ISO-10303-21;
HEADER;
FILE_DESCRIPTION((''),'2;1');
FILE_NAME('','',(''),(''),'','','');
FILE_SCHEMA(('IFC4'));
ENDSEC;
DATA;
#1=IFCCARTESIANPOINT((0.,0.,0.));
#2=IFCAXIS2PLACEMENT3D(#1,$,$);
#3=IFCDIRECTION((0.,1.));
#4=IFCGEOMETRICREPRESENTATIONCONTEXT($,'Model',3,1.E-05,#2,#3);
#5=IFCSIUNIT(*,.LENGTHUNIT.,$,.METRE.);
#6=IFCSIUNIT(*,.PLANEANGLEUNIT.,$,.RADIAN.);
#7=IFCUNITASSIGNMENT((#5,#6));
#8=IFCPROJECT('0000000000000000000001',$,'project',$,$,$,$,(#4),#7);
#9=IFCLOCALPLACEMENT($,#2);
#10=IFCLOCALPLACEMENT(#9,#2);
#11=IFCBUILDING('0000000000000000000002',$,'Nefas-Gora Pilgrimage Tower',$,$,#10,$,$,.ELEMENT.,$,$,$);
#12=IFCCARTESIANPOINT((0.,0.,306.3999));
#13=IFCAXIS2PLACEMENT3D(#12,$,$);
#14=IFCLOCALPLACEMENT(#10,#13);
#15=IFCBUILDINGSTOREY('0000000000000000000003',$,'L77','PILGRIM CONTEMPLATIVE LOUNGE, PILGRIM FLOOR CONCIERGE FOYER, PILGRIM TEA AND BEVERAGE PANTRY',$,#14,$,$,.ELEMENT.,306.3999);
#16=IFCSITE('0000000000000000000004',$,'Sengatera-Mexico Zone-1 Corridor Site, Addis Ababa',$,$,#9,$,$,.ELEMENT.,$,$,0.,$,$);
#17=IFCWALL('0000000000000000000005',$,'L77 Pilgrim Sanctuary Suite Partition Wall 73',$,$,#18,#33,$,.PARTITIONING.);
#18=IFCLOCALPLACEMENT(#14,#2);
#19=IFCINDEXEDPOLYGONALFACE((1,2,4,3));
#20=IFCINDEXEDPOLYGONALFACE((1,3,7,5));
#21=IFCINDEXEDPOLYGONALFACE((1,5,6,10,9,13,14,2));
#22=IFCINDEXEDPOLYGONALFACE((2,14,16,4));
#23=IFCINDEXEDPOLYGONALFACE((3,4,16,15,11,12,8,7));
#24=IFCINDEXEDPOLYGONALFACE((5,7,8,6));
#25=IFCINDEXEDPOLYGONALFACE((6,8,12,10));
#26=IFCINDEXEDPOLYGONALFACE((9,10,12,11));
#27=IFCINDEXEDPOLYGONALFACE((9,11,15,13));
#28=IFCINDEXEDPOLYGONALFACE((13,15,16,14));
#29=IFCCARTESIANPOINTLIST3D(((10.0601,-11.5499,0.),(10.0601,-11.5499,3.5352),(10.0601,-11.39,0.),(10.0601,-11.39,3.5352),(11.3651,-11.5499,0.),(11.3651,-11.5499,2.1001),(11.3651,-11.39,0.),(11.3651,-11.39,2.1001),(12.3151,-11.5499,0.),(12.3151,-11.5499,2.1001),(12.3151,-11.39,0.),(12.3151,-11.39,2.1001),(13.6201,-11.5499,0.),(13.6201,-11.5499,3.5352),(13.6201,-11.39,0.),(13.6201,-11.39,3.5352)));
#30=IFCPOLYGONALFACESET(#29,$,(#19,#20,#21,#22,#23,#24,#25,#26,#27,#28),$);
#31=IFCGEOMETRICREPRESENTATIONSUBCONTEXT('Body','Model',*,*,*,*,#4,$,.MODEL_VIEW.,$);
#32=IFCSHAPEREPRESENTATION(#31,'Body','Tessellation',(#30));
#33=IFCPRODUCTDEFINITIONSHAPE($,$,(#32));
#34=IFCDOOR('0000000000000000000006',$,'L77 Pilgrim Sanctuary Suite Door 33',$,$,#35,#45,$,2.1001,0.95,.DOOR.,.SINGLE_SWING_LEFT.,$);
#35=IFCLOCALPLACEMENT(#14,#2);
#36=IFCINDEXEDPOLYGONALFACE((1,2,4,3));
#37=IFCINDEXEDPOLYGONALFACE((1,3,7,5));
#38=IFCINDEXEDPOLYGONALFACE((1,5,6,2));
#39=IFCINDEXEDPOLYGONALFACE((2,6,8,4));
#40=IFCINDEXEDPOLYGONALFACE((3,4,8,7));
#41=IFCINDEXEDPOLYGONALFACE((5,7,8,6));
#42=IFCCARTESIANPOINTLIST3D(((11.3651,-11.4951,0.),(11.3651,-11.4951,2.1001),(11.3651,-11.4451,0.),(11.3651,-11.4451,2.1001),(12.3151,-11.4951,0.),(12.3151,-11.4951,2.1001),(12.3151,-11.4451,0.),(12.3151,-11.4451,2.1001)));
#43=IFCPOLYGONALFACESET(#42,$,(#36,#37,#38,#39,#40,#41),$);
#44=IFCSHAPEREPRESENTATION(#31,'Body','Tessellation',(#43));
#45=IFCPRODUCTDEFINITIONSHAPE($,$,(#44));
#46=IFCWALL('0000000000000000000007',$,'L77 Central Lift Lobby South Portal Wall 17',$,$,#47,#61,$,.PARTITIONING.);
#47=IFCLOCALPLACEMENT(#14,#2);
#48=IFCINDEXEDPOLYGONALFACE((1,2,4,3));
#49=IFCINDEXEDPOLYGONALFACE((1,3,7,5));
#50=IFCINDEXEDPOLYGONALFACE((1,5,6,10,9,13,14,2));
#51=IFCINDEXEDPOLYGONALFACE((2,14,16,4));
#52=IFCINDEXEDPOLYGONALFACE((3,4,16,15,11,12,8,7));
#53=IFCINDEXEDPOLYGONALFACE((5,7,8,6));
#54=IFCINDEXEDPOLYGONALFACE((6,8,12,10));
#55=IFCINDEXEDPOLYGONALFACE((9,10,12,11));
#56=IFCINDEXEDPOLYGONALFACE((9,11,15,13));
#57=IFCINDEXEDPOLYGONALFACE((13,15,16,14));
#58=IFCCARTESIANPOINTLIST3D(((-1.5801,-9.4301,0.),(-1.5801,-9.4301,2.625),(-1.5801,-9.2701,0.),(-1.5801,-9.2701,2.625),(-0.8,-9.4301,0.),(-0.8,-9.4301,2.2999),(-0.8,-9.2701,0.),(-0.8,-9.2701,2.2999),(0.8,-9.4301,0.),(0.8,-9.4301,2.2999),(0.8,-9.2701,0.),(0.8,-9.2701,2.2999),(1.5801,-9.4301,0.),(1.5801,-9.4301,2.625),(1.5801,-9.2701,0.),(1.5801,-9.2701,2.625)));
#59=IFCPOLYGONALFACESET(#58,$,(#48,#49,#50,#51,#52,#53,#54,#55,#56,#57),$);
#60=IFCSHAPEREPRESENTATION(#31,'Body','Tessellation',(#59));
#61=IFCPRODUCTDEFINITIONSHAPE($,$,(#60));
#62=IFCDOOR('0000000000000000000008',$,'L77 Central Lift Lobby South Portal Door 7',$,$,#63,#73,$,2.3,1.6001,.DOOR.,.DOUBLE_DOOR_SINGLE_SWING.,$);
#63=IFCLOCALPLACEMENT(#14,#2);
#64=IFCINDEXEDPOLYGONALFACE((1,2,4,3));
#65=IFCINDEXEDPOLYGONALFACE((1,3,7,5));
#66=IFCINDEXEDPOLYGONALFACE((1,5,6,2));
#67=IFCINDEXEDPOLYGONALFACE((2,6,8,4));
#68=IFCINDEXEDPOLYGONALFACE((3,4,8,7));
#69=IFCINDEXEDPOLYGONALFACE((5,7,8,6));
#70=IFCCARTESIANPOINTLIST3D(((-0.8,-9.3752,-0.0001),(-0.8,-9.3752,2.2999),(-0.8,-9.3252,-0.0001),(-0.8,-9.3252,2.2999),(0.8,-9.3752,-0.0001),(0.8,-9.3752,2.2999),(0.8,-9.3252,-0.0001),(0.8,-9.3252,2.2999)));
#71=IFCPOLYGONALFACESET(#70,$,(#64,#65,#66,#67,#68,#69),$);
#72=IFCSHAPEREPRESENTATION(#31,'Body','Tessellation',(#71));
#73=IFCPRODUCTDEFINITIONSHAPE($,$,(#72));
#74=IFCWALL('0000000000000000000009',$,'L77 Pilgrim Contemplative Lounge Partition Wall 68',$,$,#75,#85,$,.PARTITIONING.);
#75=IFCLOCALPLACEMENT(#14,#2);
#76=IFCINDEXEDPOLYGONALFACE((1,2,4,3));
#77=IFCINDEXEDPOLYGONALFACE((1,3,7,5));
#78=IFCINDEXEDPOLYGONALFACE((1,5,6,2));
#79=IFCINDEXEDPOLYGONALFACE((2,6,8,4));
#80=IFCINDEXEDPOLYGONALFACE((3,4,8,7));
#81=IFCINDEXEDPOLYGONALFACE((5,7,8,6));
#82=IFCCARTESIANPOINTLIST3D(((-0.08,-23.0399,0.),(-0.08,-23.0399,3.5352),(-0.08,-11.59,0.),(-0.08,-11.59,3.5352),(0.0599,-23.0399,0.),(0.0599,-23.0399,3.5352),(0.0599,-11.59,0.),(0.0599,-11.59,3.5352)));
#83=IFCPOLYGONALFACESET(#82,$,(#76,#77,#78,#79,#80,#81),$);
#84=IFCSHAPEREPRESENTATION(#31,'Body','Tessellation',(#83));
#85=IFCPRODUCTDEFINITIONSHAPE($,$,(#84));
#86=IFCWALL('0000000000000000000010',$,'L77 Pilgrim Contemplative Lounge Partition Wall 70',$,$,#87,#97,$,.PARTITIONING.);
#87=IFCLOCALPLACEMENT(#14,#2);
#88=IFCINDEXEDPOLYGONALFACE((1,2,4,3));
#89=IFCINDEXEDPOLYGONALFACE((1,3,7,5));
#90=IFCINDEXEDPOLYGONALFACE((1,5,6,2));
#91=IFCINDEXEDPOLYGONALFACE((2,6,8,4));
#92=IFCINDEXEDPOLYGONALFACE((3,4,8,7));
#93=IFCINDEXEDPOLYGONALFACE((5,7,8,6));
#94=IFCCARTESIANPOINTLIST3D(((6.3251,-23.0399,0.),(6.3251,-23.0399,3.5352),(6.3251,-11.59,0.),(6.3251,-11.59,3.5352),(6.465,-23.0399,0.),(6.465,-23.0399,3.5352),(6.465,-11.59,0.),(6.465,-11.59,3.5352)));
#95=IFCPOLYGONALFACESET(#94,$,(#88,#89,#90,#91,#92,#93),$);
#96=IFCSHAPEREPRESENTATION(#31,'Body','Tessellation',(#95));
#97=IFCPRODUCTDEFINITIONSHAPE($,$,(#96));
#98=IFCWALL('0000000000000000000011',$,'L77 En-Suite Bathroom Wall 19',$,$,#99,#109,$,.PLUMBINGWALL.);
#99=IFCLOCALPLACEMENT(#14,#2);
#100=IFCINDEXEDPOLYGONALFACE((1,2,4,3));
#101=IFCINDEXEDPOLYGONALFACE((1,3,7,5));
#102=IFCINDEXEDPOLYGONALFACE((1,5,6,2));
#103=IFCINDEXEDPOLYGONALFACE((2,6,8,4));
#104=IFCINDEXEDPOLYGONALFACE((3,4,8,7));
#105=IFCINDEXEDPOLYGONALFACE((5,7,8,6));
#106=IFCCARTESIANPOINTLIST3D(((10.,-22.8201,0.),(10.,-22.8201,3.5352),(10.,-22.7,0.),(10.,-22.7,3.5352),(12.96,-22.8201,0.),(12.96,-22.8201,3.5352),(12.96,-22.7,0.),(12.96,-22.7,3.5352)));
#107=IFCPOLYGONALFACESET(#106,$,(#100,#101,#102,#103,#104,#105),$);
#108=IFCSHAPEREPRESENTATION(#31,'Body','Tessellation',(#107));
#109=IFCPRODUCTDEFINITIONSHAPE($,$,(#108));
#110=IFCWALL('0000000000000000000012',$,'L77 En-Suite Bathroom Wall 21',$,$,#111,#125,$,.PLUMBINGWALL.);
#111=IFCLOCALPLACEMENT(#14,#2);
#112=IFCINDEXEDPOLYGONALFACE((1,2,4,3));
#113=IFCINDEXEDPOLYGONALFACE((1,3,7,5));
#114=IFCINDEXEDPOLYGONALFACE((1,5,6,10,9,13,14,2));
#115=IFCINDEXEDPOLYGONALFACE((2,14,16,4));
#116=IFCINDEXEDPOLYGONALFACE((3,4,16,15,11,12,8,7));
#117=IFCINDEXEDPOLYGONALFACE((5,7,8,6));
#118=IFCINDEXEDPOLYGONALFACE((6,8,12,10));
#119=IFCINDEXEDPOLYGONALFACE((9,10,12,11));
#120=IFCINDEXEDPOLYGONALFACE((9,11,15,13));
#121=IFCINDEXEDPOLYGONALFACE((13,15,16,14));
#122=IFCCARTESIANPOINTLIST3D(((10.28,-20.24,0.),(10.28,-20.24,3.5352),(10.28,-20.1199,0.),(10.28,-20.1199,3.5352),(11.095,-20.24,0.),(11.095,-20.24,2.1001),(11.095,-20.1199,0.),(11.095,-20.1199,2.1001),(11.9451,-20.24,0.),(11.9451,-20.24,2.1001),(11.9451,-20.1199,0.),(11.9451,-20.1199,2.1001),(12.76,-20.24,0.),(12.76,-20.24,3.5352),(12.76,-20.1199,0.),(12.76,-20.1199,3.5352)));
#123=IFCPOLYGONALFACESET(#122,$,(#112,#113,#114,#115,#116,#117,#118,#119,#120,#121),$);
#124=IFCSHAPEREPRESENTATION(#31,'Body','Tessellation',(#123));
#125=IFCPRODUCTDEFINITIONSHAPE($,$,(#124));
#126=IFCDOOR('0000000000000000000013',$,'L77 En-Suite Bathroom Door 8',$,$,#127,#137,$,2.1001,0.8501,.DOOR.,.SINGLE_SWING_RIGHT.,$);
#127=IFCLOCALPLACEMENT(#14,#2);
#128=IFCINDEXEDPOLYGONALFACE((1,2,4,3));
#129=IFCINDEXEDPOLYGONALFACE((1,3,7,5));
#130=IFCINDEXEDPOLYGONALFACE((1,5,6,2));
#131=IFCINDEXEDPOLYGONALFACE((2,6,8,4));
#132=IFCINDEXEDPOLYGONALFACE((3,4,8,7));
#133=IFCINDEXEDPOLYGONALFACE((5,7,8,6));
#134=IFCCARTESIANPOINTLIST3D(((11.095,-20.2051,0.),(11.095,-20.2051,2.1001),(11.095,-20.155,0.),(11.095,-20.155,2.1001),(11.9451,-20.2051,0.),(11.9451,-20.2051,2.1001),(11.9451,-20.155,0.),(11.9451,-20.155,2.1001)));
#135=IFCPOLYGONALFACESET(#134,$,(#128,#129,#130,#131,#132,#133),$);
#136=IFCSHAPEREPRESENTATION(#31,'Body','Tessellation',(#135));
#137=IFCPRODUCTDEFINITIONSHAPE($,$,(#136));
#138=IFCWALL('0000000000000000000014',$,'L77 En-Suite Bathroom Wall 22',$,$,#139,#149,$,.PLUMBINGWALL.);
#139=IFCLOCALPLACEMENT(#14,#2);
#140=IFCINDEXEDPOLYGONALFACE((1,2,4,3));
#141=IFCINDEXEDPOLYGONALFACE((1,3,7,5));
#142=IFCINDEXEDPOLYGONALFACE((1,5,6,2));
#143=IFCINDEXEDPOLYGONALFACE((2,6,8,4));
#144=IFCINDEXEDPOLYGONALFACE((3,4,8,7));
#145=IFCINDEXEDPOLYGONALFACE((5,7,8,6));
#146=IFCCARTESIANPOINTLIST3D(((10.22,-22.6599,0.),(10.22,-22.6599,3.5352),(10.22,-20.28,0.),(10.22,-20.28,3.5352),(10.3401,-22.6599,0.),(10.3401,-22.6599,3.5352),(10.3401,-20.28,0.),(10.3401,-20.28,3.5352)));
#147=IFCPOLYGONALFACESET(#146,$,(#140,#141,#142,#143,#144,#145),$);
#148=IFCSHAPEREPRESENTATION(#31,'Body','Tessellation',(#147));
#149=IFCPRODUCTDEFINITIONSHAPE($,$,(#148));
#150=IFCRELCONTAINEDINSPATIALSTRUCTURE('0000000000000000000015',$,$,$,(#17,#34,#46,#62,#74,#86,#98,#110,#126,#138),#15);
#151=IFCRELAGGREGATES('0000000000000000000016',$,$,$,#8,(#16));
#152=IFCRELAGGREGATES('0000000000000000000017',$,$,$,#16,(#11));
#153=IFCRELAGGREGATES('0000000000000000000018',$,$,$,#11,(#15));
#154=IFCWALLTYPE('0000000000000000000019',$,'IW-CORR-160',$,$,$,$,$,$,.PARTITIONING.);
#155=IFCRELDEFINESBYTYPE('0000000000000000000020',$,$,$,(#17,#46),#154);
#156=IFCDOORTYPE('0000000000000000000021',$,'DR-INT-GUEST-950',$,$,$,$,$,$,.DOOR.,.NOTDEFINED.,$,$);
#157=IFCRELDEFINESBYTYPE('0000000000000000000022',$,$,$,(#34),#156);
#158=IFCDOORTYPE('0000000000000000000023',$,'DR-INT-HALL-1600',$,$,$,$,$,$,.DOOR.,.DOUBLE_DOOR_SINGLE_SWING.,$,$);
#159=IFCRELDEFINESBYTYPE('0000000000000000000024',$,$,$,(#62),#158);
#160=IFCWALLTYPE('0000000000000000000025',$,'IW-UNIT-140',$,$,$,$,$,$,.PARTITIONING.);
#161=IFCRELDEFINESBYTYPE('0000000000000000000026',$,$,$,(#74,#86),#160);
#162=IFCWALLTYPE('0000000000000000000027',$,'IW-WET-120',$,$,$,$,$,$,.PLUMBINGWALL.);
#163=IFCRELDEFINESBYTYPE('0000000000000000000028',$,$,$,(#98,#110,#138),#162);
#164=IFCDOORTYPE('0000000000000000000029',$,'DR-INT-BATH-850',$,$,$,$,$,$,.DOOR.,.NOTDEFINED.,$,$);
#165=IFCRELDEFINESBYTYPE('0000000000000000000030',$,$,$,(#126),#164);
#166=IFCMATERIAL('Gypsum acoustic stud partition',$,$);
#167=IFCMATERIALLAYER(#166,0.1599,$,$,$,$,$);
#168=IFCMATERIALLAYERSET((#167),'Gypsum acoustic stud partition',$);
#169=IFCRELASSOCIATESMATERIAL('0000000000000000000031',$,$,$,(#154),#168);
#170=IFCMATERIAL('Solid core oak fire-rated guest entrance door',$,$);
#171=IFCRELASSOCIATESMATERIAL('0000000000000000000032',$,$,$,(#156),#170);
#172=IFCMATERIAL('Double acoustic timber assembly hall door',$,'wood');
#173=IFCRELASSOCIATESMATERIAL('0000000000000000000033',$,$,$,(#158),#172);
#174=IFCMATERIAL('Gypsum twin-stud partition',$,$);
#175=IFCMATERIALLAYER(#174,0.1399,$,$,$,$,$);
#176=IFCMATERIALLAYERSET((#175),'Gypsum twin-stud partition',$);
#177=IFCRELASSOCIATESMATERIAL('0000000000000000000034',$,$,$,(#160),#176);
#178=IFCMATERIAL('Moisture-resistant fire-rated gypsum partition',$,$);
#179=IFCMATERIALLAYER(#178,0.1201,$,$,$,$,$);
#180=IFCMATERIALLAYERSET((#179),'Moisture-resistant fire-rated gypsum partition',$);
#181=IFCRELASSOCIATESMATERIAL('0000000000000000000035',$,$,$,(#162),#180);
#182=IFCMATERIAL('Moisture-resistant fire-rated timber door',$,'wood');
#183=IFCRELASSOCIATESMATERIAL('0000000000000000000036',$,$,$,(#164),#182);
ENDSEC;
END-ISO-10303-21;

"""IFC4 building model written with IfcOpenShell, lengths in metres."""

from ifc_helpers import new_model, si_unit, direction, frame, frame_2d, origin, place, context, subcontext, project, spatial, rectangle, extrude, source, transform, mapped, material, layer, layer_set, type_object, element, fill, save


model = new_model("IFC4")

# Units and contexts
model_context = context("Model", 3, precision=1e-05, world=origin(), true_north=direction((0.0, 1.0)))
body_context = subcontext(model_context, "Body", "Model", "MODEL_VIEW")
ifc_project = project(units=[si_unit("LENGTHUNIT", "METRE"), si_unit("PLANEANGLEUNIT", "RADIAN")], contexts=[model_context])

# Site, building, storey
site_placement = place(None, origin())
site = spatial("IfcSite", under=ifc_project, at=site_placement, Name="Sengatera-Mexico Zone-1 Corridor Site, Addis Ababa", CompositionType="ELEMENT", RefElevation=0.0)
building_placement = place(site_placement, origin())
building = spatial("IfcBuilding", under=site, at=building_placement, Name="Nefas-Gora Pilgrimage Tower", CompositionType="ELEMENT")
storey_placement = place(building_placement, frame((0.0, 0.0, 306.3999)))
storey = spatial("IfcBuildingStorey", under=building, at=storey_placement, Name="L77", Description="PILGRIM CONTEMPLATIVE LOUNGE, PILGRIM FLOOR CONCIERGE FOYER, PILGRIM TEA AND BEVERAGE PANTRY", CompositionType="ELEMENT", Elevation=306.3999)

# Walls, openings, doors
ifc_material_1 = material(Name="Gypsum acoustic stud partition")
ifc_layer_1 = layer(ifc_material_1, 0.1599)
ifc_layer_set_1 = layer_set([ifc_layer_1], Name="Gypsum acoustic stud partition")
wall_type_1 = type_object("IfcWallType", Name="IW-CORR-160", PredefinedType="PARTITIONING", material=ifc_layer_set_1)
ifc_material_2 = material(Name="Solid core oak fire-rated guest entrance door")
door_type_1 = type_object("IfcDoorType", Name="DR-INT-GUEST-950", OperationType="NOTDEFINED", PredefinedType="DOOR", material=ifc_material_2)
shared_shape_1 = source(origin(), body_context, "Body", "SweptSolid", [
    extrude(rectangle(XDim=0.95, YDim=2.1001, at=frame_2d((0.4751, 1.05))), frame((0.0, 0.0249, 0.0), z_axis=(0.0, -1.0, 0.0), x_axis=(1.0, 0.0, 0.0)), (0.0, 0.0, 1.0), 0.05),
])
shared_shape_2 = source(origin(), body_context, "Body", "SweptSolid", [
    extrude(rectangle(XDim=3.5601, YDim=0.1599, at=frame_2d((1.78, 0.0))), origin(), (0.0, 0.0, 1.0), 3.5352),
])
wall_1_placement = place(storey_placement, frame((10.0601, -11.47, 0.0), z_axis=(0.0, 0.0, 1.0), x_axis=(1.0, 0.0, 0.0)))
wall_1 = element("IfcWall", 1, at=wall_1_placement, inside=storey, type_object=wall_type_1, Name="L77 Pilgrim Sanctuary Suite Partition Wall 73", PredefinedType="PARTITIONING", context=body_context, shape_type="MappedRepresentation", body=[
    mapped(shared_shape_2, transform((0.0, 0.0, 0.0), x_axis=(1.0, 0.0, 0.0), y_axis=(0.0, 1.0, 0.0), z_axis=(0.0, 0.0, 1.0), scale=1.0)),
])
opening_1_placement = place(wall_1_placement, frame((1.3049, 0.0, 0.0)))
opening_1 = element("IfcOpeningElement", 2, at=opening_1_placement, cuts=wall_1, PredefinedType="OPENING", context=body_context, shape_type="SweptSolid", body=[
    extrude(rectangle(XDim=0.95, YDim=2.1001, at=frame_2d((0.4751, 1.05))), frame((0.0, 0.0898, 0.0), z_axis=(0.0, -1.0, 0.0), x_axis=(1.0, 0.0, 0.0)), (0.0, 0.0, 1.0), 0.1799),
])
door_1_placement = place(opening_1_placement, origin())
door_1 = element("IfcDoor", 3, at=door_1_placement, inside=storey, type_object=door_type_1, Name="L77 Pilgrim Sanctuary Suite Door 33", OperationType="SINGLE_SWING_LEFT", OverallHeight=2.1001, OverallWidth=0.95, PredefinedType="DOOR", context=body_context, shape_type="MappedRepresentation", body=[
    mapped(shared_shape_1, transform((0.0, 0.0, 0.0), x_axis=(1.0, 0.0, 0.0), y_axis=(0.0, 1.0, 0.0), z_axis=(0.0, 0.0, 1.0), scale=1.0)),
])
fill(opening_1, door_1)
shared_shape_3 = source(origin(), body_context, "Body", "SweptSolid", [
    extrude(rectangle(XDim=3.1602, YDim=0.1599, at=frame_2d((1.5801, 0.0))), origin(), (0.0, 0.0, 1.0), 2.625),
])
wall_2_placement = place(storey_placement, frame((-1.5801, -9.3501, 0.0), z_axis=(0.0, 0.0, 1.0), x_axis=(1.0, 0.0, 0.0)))
wall_2 = element("IfcWall", 4, at=wall_2_placement, inside=storey, type_object=wall_type_1, Name="L77 Central Lift Lobby South Portal Wall 17", PredefinedType="PARTITIONING", context=body_context, shape_type="MappedRepresentation", body=[
    mapped(shared_shape_3, transform((0.0, 0.0, 0.0), x_axis=(1.0, 0.0, 0.0), y_axis=(0.0, 1.0, 0.0), z_axis=(0.0, 0.0, 1.0), scale=1.0)),
])
opening_2_placement = place(wall_2_placement, frame((0.78, 0.0, 0.0)))
opening_2 = element("IfcOpeningElement", 5, at=opening_2_placement, cuts=wall_2, PredefinedType="OPENING", context=body_context, shape_type="SweptSolid", body=[
    extrude(rectangle(XDim=1.6001, YDim=2.3, at=frame_2d((0.8, 1.1499))), frame((0.0, 0.0898, 0.0), z_axis=(0.0, -1.0, 0.0), x_axis=(1.0, 0.0, 0.0)), (0.0, 0.0, 1.0), 0.1799),
])
ifc_material_3 = material(Name="Double acoustic timber assembly hall door", Category="wood")
door_type_2 = type_object("IfcDoorType", Name="DR-INT-HALL-1600", OperationType="DOUBLE_DOOR_SINGLE_SWING", PredefinedType="DOOR", material=ifc_material_3)
shared_shape_4 = source(origin(), body_context, "Body", "SweptSolid", [
    extrude(rectangle(XDim=1.6001, YDim=2.3, at=frame_2d((0.8, 1.1499))), frame((0.0, 0.0249, 0.0), z_axis=(0.0, -1.0, 0.0), x_axis=(1.0, 0.0, 0.0)), (0.0, 0.0, 1.0), 0.05),
])
door_2_placement = place(opening_2_placement, origin())
door_2 = element("IfcDoor", 6, at=door_2_placement, inside=storey, type_object=door_type_2, Name="L77 Central Lift Lobby South Portal Door 7", OperationType="DOUBLE_DOOR_SINGLE_SWING", OverallHeight=2.3, OverallWidth=1.6001, PredefinedType="DOOR", context=body_context, shape_type="MappedRepresentation", body=[
    mapped(shared_shape_4, transform((0.0, 0.0, 0.0), x_axis=(1.0, 0.0, 0.0), y_axis=(0.0, 1.0, 0.0), z_axis=(0.0, 0.0, 1.0), scale=1.0)),
])
fill(opening_2, door_2)

# Walls
ifc_material_4 = material(Name="Gypsum twin-stud partition")
ifc_layer_2 = layer(ifc_material_4, 0.1399)
ifc_layer_set_2 = layer_set([ifc_layer_2], Name="Gypsum twin-stud partition")
wall_type_2 = type_object("IfcWallType", Name="IW-UNIT-140", PredefinedType="PARTITIONING", material=ifc_layer_set_2)
shared_shape_5 = source(origin(), body_context, "Body", "SweptSolid", [
    extrude(rectangle(XDim=11.45, YDim=0.1399, at=frame_2d((5.7251, 0.0))), origin(), (0.0, 0.0, 1.0), 3.5352),
])
for number, where, z_axis, x_axis, name in (
    (7, (-0.01, -23.04, 0.0), (0.0, 0.0, 1.0), (0.0, 1.0, 0.0), "L77 Pilgrim Contemplative Lounge Partition Wall 68"),
    (8, (6.395, -23.04, 0.0), (0.0, 0.0, 1.0), (0.0, 1.0, 0.0), "L77 Pilgrim Contemplative Lounge Partition Wall 70"),
):
    element("IfcWall", number, at=place(storey_placement, frame(where, z_axis=z_axis, x_axis=x_axis)), inside=storey, type_object=wall_type_2, Name=name, PredefinedType="PARTITIONING", context=body_context, shape_type="MappedRepresentation", body=[
        mapped(shared_shape_5, transform((0.0, 0.0, 0.0), x_axis=(1.0, 0.0, 0.0), y_axis=(0.0, 1.0, 0.0), z_axis=(0.0, 0.0, 1.0), scale=1.0)),
    ])
ifc_material_5 = material(Name="Moisture-resistant fire-rated gypsum partition")
ifc_layer_3 = layer(ifc_material_5, 0.1201)
ifc_layer_set_3 = layer_set([ifc_layer_3], Name="Moisture-resistant fire-rated gypsum partition")
wall_type_3 = type_object("IfcWallType", Name="IW-WET-120", PredefinedType="PLUMBINGWALL", material=ifc_layer_set_3)
shared_shape_6 = source(origin(), body_context, "Body", "SweptSolid", [
    extrude(rectangle(XDim=2.96, YDim=0.1201, at=frame_2d((1.48, 0.0))), origin(), (0.0, 0.0, 1.0), 3.5352),
])
wall_3_placement = place(storey_placement, frame((10.0, -22.76, 0.0), z_axis=(0.0, 0.0, 1.0), x_axis=(1.0, 0.0, 0.0)))
element("IfcWall", 9, at=wall_3_placement, inside=storey, type_object=wall_type_3, Name="L77 En-Suite Bathroom Wall 19", PredefinedType="PLUMBINGWALL", context=body_context, shape_type="MappedRepresentation", body=[
    mapped(shared_shape_6, transform((0.0, 0.0, 0.0), x_axis=(1.0, 0.0, 0.0), y_axis=(0.0, 1.0, 0.0), z_axis=(0.0, 0.0, 1.0), scale=1.0)),
])

# Wall, opening, door
shared_shape_7 = source(origin(), body_context, "Body", "SweptSolid", [
    extrude(rectangle(XDim=2.48, YDim=0.1201, at=frame_2d((1.24, 0.0))), origin(), (0.0, 0.0, 1.0), 3.5352),
])
wall_4_placement = place(storey_placement, frame((10.28, -20.1799, 0.0), z_axis=(0.0, 0.0, 1.0), x_axis=(1.0, 0.0, 0.0)))
wall_4 = element("IfcWall", 10, at=wall_4_placement, inside=storey, type_object=wall_type_3, Name="L77 En-Suite Bathroom Wall 21", PredefinedType="PLUMBINGWALL", context=body_context, shape_type="MappedRepresentation", body=[
    mapped(shared_shape_7, transform((0.0, 0.0, 0.0), x_axis=(1.0, 0.0, 0.0), y_axis=(0.0, 1.0, 0.0), z_axis=(0.0, 0.0, 1.0), scale=1.0)),
])
opening_3_placement = place(wall_4_placement, frame((0.8149, 0.0, 0.0)))
opening_3 = element("IfcOpeningElement", 11, at=opening_3_placement, cuts=wall_4, PredefinedType="OPENING", context=body_context, shape_type="SweptSolid", body=[
    extrude(rectangle(XDim=0.8501, YDim=2.1001, at=frame_2d((0.425, 1.05))), frame((0.0, 0.0701, 0.0), z_axis=(0.0, -1.0, 0.0), x_axis=(1.0, 0.0, 0.0)), (0.0, 0.0, 1.0), 0.1401),
])
ifc_material_6 = material(Name="Moisture-resistant fire-rated timber door", Category="wood")
door_type_3 = type_object("IfcDoorType", Name="DR-INT-BATH-850", OperationType="NOTDEFINED", PredefinedType="DOOR", material=ifc_material_6)
shared_shape_8 = source(origin(), body_context, "Body", "SweptSolid", [
    extrude(rectangle(XDim=0.8501, YDim=2.1001, at=frame_2d((0.425, 1.05))), frame((0.0, 0.0249, 0.0), z_axis=(0.0, -1.0, 0.0), x_axis=(1.0, 0.0, 0.0)), (0.0, 0.0, 1.0), 0.05),
])
door_3_placement = place(opening_3_placement, origin())
door_3 = element("IfcDoor", 12, at=door_3_placement, inside=storey, type_object=door_type_3, Name="L77 En-Suite Bathroom Door 8", OperationType="SINGLE_SWING_RIGHT", OverallHeight=2.1001, OverallWidth=0.8501, PredefinedType="DOOR", context=body_context, shape_type="MappedRepresentation", body=[
    mapped(shared_shape_8, transform((0.0, 0.0, 0.0), x_axis=(1.0, 0.0, 0.0), y_axis=(0.0, 1.0, 0.0), z_axis=(0.0, 0.0, 1.0), scale=1.0)),
])
fill(opening_3, door_3)

# Wall
shared_shape_9 = source(origin(), body_context, "Body", "SweptSolid", [
    extrude(rectangle(XDim=2.3799, YDim=0.1201, at=frame_2d((1.1899, 0.0))), origin(), (0.0, 0.0, 1.0), 3.5352),
])
wall_5_placement = place(storey_placement, frame((10.28, -22.6599, 0.0), z_axis=(0.0, 0.0, 1.0), x_axis=(0.0, 1.0, 0.0)))
element("IfcWall", 13, at=wall_5_placement, inside=storey, type_object=wall_type_3, Name="L77 En-Suite Bathroom Wall 22", PredefinedType="PLUMBINGWALL", context=body_context, shape_type="MappedRepresentation", body=[
    mapped(shared_shape_9, transform((0.0, 0.0, 0.0), x_axis=(1.0, 0.0, 0.0), y_axis=(0.0, 1.0, 0.0), z_axis=(0.0, 0.0, 1.0), scale=1.0)),
])

save(model, "model.ifc")
